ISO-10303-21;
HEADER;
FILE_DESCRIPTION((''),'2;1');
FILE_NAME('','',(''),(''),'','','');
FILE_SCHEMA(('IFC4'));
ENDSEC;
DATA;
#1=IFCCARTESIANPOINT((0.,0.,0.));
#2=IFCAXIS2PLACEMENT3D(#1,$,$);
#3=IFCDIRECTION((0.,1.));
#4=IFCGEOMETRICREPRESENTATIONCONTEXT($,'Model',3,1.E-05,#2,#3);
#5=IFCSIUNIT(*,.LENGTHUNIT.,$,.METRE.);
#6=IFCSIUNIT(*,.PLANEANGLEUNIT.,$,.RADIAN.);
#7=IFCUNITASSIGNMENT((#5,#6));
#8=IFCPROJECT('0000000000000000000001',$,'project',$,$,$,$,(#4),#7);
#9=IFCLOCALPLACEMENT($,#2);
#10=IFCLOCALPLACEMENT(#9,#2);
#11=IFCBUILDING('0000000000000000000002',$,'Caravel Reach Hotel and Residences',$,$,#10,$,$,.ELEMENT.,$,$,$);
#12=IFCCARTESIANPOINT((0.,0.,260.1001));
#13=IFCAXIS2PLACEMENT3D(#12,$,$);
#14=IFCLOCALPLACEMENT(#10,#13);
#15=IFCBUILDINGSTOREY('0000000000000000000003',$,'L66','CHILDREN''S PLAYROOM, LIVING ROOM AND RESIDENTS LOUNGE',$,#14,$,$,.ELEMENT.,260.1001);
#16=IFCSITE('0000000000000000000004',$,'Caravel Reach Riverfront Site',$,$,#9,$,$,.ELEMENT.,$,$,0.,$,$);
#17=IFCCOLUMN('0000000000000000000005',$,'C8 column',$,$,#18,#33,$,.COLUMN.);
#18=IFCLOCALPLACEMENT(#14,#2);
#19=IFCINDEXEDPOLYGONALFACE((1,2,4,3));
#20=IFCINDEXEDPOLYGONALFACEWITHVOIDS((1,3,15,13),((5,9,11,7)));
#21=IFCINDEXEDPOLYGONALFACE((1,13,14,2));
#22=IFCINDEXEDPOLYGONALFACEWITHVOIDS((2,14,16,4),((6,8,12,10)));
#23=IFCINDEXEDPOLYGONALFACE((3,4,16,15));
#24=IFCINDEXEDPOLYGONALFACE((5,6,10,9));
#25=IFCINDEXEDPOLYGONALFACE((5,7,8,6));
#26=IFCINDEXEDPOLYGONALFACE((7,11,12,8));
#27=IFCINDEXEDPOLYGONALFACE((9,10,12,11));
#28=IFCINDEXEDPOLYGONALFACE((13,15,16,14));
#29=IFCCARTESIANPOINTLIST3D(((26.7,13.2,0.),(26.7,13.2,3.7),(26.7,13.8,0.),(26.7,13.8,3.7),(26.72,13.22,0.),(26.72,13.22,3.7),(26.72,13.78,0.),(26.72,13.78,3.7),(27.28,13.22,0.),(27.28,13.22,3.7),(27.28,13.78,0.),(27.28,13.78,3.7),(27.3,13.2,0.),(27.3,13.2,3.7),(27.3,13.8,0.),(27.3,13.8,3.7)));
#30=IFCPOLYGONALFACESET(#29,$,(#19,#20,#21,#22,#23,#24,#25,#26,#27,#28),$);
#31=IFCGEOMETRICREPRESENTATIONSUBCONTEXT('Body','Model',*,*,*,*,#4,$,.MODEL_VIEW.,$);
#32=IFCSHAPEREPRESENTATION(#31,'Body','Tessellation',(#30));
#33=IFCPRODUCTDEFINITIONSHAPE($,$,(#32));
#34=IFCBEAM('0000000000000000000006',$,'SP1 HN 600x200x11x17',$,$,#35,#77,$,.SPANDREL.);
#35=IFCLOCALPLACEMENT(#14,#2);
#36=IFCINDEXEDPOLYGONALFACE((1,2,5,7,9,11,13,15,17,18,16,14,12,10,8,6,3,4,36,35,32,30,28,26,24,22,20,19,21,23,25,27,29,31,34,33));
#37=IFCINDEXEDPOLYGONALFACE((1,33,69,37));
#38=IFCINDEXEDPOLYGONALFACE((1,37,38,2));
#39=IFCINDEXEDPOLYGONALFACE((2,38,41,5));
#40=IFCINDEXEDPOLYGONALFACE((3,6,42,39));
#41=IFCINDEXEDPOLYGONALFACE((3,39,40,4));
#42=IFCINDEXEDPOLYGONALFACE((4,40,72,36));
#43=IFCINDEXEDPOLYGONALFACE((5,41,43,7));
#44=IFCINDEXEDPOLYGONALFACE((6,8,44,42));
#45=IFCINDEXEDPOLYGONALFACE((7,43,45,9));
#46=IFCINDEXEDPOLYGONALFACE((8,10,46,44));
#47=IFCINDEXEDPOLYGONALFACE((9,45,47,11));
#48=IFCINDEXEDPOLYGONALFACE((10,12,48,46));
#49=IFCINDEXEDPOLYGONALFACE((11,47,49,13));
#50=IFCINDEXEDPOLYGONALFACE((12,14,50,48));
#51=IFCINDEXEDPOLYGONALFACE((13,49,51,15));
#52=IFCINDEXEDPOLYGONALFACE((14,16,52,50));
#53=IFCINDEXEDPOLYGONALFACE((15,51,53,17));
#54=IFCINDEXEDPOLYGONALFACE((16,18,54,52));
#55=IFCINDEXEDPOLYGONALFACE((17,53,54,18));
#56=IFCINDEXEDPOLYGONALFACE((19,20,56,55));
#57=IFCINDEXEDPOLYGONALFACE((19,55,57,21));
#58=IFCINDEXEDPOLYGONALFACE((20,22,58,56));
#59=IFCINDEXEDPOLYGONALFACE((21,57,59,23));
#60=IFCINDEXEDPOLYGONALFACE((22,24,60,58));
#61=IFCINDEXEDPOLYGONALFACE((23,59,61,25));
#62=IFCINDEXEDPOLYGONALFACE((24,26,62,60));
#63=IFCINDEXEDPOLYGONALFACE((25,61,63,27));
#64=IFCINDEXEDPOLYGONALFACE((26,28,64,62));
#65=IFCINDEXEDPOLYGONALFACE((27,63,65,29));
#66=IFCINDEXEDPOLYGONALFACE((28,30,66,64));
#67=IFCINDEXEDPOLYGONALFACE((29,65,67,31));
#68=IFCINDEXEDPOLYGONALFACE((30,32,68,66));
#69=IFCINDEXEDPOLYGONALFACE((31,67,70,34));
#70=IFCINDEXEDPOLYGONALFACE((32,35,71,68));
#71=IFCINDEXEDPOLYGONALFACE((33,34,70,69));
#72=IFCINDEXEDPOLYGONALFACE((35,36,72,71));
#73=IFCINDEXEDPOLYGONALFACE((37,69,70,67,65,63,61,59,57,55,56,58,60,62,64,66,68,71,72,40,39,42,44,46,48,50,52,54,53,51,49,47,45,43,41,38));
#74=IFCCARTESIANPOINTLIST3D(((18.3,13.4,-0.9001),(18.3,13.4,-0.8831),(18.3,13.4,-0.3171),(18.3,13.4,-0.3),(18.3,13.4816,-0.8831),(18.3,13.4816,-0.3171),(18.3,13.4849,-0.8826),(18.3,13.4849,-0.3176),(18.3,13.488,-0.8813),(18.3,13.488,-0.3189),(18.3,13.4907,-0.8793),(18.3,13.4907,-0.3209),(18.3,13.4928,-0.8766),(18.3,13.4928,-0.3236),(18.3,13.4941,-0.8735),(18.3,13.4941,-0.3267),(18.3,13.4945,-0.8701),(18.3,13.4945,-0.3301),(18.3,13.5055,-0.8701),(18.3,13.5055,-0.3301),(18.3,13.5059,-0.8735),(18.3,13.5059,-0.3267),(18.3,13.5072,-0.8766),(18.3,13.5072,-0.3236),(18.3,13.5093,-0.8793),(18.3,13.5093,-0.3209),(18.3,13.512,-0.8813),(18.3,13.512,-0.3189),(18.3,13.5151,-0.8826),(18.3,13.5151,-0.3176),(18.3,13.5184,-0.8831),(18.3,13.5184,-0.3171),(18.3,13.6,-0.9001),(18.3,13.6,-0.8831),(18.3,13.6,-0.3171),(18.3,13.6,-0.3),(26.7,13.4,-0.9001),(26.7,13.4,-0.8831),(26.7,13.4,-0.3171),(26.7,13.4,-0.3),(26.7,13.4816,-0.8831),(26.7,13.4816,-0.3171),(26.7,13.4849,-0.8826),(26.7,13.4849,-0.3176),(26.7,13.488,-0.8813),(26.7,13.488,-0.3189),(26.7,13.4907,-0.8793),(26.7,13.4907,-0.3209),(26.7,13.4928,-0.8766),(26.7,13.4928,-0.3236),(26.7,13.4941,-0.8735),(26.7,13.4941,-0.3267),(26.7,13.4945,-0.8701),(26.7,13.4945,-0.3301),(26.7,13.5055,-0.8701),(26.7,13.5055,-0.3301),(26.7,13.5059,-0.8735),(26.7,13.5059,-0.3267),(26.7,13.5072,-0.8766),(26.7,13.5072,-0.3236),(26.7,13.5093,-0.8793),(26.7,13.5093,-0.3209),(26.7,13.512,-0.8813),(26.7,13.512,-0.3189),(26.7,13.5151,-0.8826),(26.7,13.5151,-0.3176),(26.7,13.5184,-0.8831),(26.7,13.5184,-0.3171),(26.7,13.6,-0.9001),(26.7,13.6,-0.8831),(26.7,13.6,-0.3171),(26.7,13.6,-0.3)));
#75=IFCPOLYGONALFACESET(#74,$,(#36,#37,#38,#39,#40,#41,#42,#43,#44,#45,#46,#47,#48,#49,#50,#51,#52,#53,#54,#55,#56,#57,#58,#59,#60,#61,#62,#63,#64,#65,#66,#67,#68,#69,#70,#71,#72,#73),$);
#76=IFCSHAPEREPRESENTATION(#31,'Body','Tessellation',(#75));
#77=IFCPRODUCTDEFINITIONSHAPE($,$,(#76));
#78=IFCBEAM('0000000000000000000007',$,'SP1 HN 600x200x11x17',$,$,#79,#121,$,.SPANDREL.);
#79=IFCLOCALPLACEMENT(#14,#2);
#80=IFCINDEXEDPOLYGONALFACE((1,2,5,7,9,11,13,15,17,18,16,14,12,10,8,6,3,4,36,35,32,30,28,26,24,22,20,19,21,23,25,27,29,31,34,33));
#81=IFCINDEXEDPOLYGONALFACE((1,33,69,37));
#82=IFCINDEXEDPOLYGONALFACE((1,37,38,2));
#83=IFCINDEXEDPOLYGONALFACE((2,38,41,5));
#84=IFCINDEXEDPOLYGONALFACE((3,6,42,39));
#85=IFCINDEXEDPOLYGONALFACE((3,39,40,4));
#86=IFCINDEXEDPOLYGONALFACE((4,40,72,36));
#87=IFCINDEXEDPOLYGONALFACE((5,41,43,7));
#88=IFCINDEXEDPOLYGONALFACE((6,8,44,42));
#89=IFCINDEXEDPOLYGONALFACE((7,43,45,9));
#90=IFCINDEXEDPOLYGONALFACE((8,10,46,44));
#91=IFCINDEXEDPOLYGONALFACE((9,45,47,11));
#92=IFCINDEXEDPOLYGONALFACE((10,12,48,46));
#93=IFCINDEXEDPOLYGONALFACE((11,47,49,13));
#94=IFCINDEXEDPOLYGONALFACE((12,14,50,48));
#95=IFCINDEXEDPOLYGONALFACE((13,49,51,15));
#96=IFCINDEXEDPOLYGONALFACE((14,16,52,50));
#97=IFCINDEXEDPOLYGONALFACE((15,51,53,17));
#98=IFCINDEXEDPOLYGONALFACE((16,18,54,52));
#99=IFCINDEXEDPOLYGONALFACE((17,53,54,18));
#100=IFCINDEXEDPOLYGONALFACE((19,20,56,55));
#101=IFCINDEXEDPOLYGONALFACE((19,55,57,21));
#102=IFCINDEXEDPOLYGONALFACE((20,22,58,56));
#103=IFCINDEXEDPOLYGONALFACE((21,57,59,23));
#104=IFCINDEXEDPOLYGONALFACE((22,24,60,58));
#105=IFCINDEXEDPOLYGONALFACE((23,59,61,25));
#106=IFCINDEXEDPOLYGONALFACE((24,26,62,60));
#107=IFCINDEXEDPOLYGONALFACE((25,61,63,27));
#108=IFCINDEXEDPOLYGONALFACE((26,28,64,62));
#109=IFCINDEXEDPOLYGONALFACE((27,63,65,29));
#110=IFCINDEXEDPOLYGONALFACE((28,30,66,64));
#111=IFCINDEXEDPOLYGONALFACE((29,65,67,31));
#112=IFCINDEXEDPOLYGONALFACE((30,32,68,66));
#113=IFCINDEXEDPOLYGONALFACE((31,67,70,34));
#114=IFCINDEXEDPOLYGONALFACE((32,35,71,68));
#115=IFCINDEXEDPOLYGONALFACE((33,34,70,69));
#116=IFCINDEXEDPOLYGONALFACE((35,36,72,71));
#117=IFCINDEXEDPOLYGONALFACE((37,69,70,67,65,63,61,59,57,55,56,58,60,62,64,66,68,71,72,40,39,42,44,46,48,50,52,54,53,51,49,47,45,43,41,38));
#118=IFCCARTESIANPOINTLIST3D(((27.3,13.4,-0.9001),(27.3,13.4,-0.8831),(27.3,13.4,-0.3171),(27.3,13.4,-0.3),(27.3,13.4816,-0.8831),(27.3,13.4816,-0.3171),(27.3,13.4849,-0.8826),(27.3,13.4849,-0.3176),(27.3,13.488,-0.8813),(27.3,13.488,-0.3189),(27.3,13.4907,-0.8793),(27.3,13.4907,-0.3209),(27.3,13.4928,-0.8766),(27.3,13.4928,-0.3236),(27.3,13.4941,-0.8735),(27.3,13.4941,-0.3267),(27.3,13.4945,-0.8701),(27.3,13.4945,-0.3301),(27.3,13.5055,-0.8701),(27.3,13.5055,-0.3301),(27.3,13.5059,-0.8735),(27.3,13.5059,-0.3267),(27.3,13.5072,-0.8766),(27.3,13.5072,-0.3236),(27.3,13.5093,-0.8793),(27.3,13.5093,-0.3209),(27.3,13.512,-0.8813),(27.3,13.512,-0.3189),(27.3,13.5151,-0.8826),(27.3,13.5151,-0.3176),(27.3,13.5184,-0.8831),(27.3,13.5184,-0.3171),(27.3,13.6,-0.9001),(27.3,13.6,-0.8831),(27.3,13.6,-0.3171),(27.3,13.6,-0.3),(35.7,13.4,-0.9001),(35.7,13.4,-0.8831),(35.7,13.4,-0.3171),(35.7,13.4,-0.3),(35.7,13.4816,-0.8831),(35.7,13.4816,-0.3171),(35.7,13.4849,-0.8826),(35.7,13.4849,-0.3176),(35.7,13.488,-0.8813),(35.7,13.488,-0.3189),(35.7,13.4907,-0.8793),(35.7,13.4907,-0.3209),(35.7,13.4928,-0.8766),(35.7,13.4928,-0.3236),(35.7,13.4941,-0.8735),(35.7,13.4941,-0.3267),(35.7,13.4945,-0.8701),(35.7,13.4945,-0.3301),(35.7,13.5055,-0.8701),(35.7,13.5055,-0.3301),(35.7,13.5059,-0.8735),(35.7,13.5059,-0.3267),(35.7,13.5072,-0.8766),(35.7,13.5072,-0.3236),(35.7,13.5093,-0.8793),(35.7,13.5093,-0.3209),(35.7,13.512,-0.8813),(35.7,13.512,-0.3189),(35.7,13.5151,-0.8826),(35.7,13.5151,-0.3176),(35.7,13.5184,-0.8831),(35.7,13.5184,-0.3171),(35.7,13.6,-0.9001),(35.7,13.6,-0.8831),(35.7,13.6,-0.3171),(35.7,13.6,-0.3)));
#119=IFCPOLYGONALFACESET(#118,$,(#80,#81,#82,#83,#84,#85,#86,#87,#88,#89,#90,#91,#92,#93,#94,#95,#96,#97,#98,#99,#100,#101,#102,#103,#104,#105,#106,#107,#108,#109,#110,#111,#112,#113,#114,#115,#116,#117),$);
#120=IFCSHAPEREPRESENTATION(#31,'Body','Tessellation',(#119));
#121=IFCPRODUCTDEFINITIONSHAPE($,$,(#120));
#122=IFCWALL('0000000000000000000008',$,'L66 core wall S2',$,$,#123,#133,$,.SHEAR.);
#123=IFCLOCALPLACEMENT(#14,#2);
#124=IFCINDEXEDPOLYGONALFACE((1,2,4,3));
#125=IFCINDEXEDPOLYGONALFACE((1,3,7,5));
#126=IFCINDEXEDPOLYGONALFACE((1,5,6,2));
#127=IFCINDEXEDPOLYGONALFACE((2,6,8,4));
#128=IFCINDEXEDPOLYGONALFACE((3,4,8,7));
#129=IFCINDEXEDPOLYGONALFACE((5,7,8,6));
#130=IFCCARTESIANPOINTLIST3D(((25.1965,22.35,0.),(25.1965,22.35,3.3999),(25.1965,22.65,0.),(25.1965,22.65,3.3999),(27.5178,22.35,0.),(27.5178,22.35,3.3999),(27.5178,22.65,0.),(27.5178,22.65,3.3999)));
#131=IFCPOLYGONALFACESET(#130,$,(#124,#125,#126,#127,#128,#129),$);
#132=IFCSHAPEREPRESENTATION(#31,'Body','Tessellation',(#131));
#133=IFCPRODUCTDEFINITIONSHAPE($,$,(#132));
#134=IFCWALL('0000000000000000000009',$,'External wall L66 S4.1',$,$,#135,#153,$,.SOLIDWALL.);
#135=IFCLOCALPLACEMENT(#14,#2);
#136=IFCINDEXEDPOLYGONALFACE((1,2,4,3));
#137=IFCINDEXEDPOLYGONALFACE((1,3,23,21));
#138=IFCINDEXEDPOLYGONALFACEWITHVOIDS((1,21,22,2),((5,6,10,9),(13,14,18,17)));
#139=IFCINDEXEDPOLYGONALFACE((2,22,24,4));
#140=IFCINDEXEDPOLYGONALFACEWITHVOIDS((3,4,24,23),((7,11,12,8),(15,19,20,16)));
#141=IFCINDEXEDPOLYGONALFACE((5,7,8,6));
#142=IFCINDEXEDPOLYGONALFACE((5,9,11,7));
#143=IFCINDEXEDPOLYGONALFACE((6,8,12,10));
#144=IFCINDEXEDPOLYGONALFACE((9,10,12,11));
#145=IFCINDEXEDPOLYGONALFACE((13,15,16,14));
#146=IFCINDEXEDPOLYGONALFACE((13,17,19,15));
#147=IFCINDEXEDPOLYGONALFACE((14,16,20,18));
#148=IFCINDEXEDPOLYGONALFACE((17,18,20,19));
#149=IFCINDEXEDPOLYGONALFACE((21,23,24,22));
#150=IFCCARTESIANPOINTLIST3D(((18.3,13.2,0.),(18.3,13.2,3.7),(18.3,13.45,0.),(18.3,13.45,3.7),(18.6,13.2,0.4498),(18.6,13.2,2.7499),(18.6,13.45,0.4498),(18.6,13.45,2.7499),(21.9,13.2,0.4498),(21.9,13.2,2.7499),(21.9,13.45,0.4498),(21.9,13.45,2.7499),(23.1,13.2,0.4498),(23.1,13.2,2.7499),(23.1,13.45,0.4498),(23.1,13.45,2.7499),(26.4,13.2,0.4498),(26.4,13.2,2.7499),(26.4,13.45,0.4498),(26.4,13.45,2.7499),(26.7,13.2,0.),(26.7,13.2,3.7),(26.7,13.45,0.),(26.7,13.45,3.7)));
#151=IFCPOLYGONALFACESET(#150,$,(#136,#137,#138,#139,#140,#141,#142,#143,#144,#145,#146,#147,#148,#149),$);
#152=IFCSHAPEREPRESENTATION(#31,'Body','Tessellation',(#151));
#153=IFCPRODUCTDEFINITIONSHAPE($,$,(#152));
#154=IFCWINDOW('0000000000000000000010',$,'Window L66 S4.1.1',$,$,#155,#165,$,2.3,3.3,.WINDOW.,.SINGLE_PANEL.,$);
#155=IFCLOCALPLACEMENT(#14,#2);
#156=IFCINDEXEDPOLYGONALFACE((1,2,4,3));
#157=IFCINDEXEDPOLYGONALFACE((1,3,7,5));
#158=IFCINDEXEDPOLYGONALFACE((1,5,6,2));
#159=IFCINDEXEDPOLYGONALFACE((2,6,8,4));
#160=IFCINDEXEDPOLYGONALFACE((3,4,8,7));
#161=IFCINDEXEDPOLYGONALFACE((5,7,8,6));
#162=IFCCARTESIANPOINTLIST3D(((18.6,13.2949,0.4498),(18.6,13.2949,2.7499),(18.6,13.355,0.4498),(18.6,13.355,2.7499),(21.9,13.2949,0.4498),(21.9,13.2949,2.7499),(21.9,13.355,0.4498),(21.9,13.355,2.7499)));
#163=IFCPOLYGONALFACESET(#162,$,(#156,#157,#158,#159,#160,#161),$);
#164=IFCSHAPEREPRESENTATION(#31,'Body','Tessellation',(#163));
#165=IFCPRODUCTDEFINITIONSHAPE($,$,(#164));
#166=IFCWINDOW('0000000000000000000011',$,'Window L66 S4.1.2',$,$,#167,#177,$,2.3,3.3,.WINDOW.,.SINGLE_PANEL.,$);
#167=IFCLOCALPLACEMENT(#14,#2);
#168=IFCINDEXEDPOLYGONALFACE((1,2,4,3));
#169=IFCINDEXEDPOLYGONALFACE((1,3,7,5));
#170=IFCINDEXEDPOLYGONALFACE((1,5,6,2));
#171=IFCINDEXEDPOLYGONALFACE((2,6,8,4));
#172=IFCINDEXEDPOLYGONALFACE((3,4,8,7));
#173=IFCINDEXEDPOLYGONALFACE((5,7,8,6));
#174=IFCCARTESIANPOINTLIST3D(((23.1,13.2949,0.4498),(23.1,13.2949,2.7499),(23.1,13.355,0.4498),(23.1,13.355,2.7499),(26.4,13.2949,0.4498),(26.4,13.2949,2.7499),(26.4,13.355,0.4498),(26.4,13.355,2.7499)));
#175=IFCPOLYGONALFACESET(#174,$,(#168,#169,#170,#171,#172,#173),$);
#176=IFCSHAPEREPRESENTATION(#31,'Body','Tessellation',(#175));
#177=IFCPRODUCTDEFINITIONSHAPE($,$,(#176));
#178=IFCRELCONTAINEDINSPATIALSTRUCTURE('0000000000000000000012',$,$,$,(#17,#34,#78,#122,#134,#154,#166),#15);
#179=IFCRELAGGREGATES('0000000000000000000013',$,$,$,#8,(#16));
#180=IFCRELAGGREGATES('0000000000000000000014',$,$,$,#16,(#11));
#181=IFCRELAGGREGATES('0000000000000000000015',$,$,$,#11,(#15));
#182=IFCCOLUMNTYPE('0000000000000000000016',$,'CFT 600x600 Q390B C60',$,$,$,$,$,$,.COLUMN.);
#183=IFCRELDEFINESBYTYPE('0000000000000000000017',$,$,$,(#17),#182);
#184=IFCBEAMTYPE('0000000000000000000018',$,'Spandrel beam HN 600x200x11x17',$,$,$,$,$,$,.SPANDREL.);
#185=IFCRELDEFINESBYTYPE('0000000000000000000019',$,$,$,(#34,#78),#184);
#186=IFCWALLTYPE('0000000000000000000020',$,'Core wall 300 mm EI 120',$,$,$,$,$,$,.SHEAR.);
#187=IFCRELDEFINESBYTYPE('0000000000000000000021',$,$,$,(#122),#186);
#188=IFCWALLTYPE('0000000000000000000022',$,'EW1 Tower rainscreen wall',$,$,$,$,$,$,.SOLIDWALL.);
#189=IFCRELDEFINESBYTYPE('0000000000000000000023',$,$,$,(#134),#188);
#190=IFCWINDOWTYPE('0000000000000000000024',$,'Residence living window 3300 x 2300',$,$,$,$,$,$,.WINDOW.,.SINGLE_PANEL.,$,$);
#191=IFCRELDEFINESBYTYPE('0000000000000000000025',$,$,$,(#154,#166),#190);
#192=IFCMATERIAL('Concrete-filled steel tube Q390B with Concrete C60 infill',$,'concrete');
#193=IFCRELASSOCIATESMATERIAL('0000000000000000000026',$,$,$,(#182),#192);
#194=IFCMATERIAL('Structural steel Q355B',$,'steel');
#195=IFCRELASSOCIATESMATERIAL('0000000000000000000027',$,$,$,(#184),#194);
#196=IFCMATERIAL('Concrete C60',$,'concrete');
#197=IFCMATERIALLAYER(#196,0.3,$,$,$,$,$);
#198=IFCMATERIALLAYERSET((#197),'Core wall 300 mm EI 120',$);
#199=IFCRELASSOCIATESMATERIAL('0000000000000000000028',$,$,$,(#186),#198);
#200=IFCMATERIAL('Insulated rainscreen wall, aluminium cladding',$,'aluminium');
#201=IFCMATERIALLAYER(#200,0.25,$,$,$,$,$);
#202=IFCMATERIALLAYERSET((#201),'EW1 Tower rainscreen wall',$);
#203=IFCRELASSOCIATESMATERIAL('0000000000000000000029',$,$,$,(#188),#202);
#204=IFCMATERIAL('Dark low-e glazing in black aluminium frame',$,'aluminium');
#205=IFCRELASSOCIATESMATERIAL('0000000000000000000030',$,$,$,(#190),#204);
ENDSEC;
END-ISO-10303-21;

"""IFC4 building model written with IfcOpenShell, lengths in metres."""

from ifc_helpers import new_model, si_unit, direction, frame, frame_2d, origin, origin_2d, place, context, subcontext, project, spatial, rectangle, hollow_rectangle, i_section, extrude, material, layer, layer_set, material_profile, profile_set, type_object, element, fill, save


model = new_model("IFC4")

# Units and contexts
model_context = context("Model", 3, precision=1e-05, world=origin(), true_north=direction((0.0, 1.0)))
body_context = subcontext(model_context, "Body", "Model", "MODEL_VIEW")
ifc_project = project(units=[si_unit("LENGTHUNIT", "METRE"), si_unit("PLANEANGLEUNIT", "RADIAN")], contexts=[model_context])

# Site, building, storey
site_placement = place(None, origin())
site = spatial("IfcSite", under=ifc_project, at=site_placement, Name="Caravel Reach Riverfront Site", CompositionType="ELEMENT", RefElevation=0.0)
building_placement = place(site_placement, origin())
building = spatial("IfcBuilding", under=site, at=building_placement, Name="Caravel Reach Hotel and Residences", CompositionType="ELEMENT")
storey_placement = place(building_placement, frame((0.0, 0.0, 260.1001)))
storey = spatial("IfcBuildingStorey", under=building, at=storey_placement, Name="L66", Description="CHILDREN'S PLAYROOM, LIVING ROOM AND RESIDENTS LOUNGE", CompositionType="ELEMENT", Elevation=260.1001)

# Column
ifc_material_1 = material(Name="Concrete-filled steel tube Q390B with Concrete C60 infill", Category="concrete")
ifc_material_profile_1 = material_profile(ifc_material_1, hollow_rectangle(XDim=0.6001, YDim=0.6001, WallThickness=0.02, at=origin_2d()), Name="RHS 600x600x20")
ifc_profile_set_1 = profile_set([ifc_material_profile_1], Name="Concrete-filled steel tube Q390B with Concrete C60 infill")
column_type = type_object("IfcColumnType", Name="CFT 600x600 Q390B C60", PredefinedType="COLUMN", material=ifc_profile_set_1)
column_placement = place(storey_placement, frame((27.0, 13.5, 0.0), z_axis=(0.0, 0.0, 1.0), x_axis=(1.0, 0.0, 0.0)))
element("IfcColumn", 1, at=column_placement, inside=storey, type_object=column_type, Name="C8 column", PredefinedType="COLUMN", context=body_context, shape_type="SweptSolid", body=[
    extrude(hollow_rectangle(XDim=0.6001, YDim=0.6001, WallThickness=0.02, at=origin_2d()), origin(), (0.0, 0.0, 1.0), 3.7),
])

# Beams
ifc_material_2 = material(Name="Structural steel Q355B", Category="steel")
ifc_material_profile_2 = material_profile(ifc_material_2, i_section(OverallWidth=0.2, OverallDepth=0.6001, WebThickness=0.011, FlangeThickness=0.0171, FilletRadius=0.0129, at=origin_2d()), Name="HN 600x200x11x17")
ifc_profile_set_2 = profile_set([ifc_material_profile_2], Name="Structural steel Q355B")
beam_type = type_object("IfcBeamType", Name="Spandrel beam HN 600x200x11x17", PredefinedType="SPANDREL", material=ifc_profile_set_2)
for number, where, z_axis, x_axis, name in (
    (2, (18.3, 13.5, -0.6001), (1.0, 0.0, 0.0), (0.0, 1.0, 0.0), "SP1 HN 600x200x11x17"),
    (3, (27.3, 13.5, -0.6001), (1.0, 0.0, 0.0), (0.0, 1.0, 0.0), "SP1 HN 600x200x11x17"),
):
    element("IfcBeam", number, at=place(storey_placement, frame(where, z_axis=z_axis, x_axis=x_axis)), inside=storey, type_object=beam_type, Name=name, PredefinedType="SPANDREL", context=body_context, shape_type="SweptSolid", body=[
        extrude(i_section(OverallWidth=0.2, OverallDepth=0.6001, WebThickness=0.011, FlangeThickness=0.0171, FilletRadius=0.0129, at=origin_2d()), origin(), (0.0, 0.0, 1.0), 8.3999),
    ])

# Wall
ifc_material_3 = material(Name="Concrete C60", Category="concrete")
ifc_layer_1 = layer(ifc_material_3, 0.3)
ifc_layer_set_1 = layer_set([ifc_layer_1], Name="Core wall 300 mm EI 120")
wall_type_1 = type_object("IfcWallType", Name="Core wall 300 mm EI 120", PredefinedType="SHEAR", material=ifc_layer_set_1)
wall_1_placement = place(storey_placement, frame((25.1965, 22.5, 0.0), z_axis=(0.0, 0.0, 1.0), x_axis=(1.0, 0.0, 0.0)))
element("IfcWall", 4, at=wall_1_placement, inside=storey, type_object=wall_type_1, Name="L66 core wall S2", PredefinedType="SHEAR", context=body_context, shape_type="SweptSolid", body=[
    extrude(rectangle(XDim=2.3213, YDim=0.3, at=frame_2d((1.1606, 0.0))), origin(), (0.0, 0.0, 1.0), 3.3999),
])

# Wall, openings, windows
ifc_material_4 = material(Name="Insulated rainscreen wall, aluminium cladding", Category="aluminium")
ifc_layer_2 = layer(ifc_material_4, 0.25)
ifc_layer_set_2 = layer_set([ifc_layer_2], Name="EW1 Tower rainscreen wall")
wall_type_2 = type_object("IfcWallType", Name="EW1 Tower rainscreen wall", PredefinedType="SOLIDWALL", material=ifc_layer_set_2)
wall_2_placement = place(storey_placement, frame((18.3, 13.325, 0.0), z_axis=(0.0, 0.0, 1.0), x_axis=(1.0, 0.0, 0.0)))
wall_2 = element("IfcWall", 5, at=wall_2_placement, inside=storey, type_object=wall_type_2, Name="External wall L66 S4.1", PredefinedType="SOLIDWALL", context=body_context, shape_type="SweptSolid", body=[
    extrude(rectangle(XDim=8.3999, YDim=0.25, at=frame_2d((4.2, 0.0))), origin(), (0.0, 0.0, 1.0), 3.7),
])
opening_1_placement = place(wall_2_placement, frame((0.3, 0.0, 0.45)))
opening_1 = element("IfcOpeningElement", 6, at=opening_1_placement, cuts=wall_2, PredefinedType="OPENING", context=body_context, shape_type="SweptSolid", body=[
    extrude(rectangle(XDim=3.3, YDim=2.3, at=frame_2d((1.6499, 1.1499))), frame((0.0, 0.135, 0.0), z_axis=(0.0, -1.0, 0.0), x_axis=(1.0, 0.0, 0.0)), (0.0, 0.0, 1.0), 0.27),
])
opening_2_placement = place(wall_2_placement, frame((4.8, 0.0, 0.45)))
opening_2 = element("IfcOpeningElement", 7, at=opening_2_placement, cuts=wall_2, PredefinedType="OPENING", context=body_context, shape_type="SweptSolid", body=[
    extrude(rectangle(XDim=3.3, YDim=2.3, at=frame_2d((1.6499, 1.1499))), frame((0.0, 0.135, 0.0), z_axis=(0.0, -1.0, 0.0), x_axis=(1.0, 0.0, 0.0)), (0.0, 0.0, 1.0), 0.27),
])
ifc_material_5 = material(Name="Dark low-e glazing in black aluminium frame", Category="aluminium")
window_type = type_object("IfcWindowType", Name="Residence living window 3300 x 2300", PartitioningType="SINGLE_PANEL", PredefinedType="WINDOW", material=ifc_material_5)
window_1_placement = place(opening_1_placement, origin())
window_1 = element("IfcWindow", 8, at=window_1_placement, inside=storey, type_object=window_type, Name="Window L66 S4.1.1", OverallHeight=2.3, OverallWidth=3.3, PartitioningType="SINGLE_PANEL", PredefinedType="WINDOW", context=body_context, shape_type="SweptSolid", body=[
    extrude(rectangle(XDim=3.3, YDim=2.3, at=frame_2d((1.6499, 1.1499))), frame((0.0, 0.03, 0.0), z_axis=(0.0, -1.0, 0.0), x_axis=(1.0, 0.0, 0.0)), (0.0, 0.0, 1.0), 0.0601),
])
fill(opening_1, window_1)
window_2_placement = place(opening_2_placement, origin())
window_2 = element("IfcWindow", 9, at=window_2_placement, inside=storey, type_object=window_type, Name="Window L66 S4.1.2", OverallHeight=2.3, OverallWidth=3.3, PartitioningType="SINGLE_PANEL", PredefinedType="WINDOW", context=body_context, shape_type="SweptSolid", body=[
    extrude(rectangle(XDim=3.3, YDim=2.3, at=frame_2d((1.6499, 1.1499))), frame((0.0, 0.03, 0.0), z_axis=(0.0, -1.0, 0.0), x_axis=(1.0, 0.0, 0.0)), (0.0, 0.0, 1.0), 0.0601),
])
fill(opening_2, window_2)

save(model, "model.ifc")
